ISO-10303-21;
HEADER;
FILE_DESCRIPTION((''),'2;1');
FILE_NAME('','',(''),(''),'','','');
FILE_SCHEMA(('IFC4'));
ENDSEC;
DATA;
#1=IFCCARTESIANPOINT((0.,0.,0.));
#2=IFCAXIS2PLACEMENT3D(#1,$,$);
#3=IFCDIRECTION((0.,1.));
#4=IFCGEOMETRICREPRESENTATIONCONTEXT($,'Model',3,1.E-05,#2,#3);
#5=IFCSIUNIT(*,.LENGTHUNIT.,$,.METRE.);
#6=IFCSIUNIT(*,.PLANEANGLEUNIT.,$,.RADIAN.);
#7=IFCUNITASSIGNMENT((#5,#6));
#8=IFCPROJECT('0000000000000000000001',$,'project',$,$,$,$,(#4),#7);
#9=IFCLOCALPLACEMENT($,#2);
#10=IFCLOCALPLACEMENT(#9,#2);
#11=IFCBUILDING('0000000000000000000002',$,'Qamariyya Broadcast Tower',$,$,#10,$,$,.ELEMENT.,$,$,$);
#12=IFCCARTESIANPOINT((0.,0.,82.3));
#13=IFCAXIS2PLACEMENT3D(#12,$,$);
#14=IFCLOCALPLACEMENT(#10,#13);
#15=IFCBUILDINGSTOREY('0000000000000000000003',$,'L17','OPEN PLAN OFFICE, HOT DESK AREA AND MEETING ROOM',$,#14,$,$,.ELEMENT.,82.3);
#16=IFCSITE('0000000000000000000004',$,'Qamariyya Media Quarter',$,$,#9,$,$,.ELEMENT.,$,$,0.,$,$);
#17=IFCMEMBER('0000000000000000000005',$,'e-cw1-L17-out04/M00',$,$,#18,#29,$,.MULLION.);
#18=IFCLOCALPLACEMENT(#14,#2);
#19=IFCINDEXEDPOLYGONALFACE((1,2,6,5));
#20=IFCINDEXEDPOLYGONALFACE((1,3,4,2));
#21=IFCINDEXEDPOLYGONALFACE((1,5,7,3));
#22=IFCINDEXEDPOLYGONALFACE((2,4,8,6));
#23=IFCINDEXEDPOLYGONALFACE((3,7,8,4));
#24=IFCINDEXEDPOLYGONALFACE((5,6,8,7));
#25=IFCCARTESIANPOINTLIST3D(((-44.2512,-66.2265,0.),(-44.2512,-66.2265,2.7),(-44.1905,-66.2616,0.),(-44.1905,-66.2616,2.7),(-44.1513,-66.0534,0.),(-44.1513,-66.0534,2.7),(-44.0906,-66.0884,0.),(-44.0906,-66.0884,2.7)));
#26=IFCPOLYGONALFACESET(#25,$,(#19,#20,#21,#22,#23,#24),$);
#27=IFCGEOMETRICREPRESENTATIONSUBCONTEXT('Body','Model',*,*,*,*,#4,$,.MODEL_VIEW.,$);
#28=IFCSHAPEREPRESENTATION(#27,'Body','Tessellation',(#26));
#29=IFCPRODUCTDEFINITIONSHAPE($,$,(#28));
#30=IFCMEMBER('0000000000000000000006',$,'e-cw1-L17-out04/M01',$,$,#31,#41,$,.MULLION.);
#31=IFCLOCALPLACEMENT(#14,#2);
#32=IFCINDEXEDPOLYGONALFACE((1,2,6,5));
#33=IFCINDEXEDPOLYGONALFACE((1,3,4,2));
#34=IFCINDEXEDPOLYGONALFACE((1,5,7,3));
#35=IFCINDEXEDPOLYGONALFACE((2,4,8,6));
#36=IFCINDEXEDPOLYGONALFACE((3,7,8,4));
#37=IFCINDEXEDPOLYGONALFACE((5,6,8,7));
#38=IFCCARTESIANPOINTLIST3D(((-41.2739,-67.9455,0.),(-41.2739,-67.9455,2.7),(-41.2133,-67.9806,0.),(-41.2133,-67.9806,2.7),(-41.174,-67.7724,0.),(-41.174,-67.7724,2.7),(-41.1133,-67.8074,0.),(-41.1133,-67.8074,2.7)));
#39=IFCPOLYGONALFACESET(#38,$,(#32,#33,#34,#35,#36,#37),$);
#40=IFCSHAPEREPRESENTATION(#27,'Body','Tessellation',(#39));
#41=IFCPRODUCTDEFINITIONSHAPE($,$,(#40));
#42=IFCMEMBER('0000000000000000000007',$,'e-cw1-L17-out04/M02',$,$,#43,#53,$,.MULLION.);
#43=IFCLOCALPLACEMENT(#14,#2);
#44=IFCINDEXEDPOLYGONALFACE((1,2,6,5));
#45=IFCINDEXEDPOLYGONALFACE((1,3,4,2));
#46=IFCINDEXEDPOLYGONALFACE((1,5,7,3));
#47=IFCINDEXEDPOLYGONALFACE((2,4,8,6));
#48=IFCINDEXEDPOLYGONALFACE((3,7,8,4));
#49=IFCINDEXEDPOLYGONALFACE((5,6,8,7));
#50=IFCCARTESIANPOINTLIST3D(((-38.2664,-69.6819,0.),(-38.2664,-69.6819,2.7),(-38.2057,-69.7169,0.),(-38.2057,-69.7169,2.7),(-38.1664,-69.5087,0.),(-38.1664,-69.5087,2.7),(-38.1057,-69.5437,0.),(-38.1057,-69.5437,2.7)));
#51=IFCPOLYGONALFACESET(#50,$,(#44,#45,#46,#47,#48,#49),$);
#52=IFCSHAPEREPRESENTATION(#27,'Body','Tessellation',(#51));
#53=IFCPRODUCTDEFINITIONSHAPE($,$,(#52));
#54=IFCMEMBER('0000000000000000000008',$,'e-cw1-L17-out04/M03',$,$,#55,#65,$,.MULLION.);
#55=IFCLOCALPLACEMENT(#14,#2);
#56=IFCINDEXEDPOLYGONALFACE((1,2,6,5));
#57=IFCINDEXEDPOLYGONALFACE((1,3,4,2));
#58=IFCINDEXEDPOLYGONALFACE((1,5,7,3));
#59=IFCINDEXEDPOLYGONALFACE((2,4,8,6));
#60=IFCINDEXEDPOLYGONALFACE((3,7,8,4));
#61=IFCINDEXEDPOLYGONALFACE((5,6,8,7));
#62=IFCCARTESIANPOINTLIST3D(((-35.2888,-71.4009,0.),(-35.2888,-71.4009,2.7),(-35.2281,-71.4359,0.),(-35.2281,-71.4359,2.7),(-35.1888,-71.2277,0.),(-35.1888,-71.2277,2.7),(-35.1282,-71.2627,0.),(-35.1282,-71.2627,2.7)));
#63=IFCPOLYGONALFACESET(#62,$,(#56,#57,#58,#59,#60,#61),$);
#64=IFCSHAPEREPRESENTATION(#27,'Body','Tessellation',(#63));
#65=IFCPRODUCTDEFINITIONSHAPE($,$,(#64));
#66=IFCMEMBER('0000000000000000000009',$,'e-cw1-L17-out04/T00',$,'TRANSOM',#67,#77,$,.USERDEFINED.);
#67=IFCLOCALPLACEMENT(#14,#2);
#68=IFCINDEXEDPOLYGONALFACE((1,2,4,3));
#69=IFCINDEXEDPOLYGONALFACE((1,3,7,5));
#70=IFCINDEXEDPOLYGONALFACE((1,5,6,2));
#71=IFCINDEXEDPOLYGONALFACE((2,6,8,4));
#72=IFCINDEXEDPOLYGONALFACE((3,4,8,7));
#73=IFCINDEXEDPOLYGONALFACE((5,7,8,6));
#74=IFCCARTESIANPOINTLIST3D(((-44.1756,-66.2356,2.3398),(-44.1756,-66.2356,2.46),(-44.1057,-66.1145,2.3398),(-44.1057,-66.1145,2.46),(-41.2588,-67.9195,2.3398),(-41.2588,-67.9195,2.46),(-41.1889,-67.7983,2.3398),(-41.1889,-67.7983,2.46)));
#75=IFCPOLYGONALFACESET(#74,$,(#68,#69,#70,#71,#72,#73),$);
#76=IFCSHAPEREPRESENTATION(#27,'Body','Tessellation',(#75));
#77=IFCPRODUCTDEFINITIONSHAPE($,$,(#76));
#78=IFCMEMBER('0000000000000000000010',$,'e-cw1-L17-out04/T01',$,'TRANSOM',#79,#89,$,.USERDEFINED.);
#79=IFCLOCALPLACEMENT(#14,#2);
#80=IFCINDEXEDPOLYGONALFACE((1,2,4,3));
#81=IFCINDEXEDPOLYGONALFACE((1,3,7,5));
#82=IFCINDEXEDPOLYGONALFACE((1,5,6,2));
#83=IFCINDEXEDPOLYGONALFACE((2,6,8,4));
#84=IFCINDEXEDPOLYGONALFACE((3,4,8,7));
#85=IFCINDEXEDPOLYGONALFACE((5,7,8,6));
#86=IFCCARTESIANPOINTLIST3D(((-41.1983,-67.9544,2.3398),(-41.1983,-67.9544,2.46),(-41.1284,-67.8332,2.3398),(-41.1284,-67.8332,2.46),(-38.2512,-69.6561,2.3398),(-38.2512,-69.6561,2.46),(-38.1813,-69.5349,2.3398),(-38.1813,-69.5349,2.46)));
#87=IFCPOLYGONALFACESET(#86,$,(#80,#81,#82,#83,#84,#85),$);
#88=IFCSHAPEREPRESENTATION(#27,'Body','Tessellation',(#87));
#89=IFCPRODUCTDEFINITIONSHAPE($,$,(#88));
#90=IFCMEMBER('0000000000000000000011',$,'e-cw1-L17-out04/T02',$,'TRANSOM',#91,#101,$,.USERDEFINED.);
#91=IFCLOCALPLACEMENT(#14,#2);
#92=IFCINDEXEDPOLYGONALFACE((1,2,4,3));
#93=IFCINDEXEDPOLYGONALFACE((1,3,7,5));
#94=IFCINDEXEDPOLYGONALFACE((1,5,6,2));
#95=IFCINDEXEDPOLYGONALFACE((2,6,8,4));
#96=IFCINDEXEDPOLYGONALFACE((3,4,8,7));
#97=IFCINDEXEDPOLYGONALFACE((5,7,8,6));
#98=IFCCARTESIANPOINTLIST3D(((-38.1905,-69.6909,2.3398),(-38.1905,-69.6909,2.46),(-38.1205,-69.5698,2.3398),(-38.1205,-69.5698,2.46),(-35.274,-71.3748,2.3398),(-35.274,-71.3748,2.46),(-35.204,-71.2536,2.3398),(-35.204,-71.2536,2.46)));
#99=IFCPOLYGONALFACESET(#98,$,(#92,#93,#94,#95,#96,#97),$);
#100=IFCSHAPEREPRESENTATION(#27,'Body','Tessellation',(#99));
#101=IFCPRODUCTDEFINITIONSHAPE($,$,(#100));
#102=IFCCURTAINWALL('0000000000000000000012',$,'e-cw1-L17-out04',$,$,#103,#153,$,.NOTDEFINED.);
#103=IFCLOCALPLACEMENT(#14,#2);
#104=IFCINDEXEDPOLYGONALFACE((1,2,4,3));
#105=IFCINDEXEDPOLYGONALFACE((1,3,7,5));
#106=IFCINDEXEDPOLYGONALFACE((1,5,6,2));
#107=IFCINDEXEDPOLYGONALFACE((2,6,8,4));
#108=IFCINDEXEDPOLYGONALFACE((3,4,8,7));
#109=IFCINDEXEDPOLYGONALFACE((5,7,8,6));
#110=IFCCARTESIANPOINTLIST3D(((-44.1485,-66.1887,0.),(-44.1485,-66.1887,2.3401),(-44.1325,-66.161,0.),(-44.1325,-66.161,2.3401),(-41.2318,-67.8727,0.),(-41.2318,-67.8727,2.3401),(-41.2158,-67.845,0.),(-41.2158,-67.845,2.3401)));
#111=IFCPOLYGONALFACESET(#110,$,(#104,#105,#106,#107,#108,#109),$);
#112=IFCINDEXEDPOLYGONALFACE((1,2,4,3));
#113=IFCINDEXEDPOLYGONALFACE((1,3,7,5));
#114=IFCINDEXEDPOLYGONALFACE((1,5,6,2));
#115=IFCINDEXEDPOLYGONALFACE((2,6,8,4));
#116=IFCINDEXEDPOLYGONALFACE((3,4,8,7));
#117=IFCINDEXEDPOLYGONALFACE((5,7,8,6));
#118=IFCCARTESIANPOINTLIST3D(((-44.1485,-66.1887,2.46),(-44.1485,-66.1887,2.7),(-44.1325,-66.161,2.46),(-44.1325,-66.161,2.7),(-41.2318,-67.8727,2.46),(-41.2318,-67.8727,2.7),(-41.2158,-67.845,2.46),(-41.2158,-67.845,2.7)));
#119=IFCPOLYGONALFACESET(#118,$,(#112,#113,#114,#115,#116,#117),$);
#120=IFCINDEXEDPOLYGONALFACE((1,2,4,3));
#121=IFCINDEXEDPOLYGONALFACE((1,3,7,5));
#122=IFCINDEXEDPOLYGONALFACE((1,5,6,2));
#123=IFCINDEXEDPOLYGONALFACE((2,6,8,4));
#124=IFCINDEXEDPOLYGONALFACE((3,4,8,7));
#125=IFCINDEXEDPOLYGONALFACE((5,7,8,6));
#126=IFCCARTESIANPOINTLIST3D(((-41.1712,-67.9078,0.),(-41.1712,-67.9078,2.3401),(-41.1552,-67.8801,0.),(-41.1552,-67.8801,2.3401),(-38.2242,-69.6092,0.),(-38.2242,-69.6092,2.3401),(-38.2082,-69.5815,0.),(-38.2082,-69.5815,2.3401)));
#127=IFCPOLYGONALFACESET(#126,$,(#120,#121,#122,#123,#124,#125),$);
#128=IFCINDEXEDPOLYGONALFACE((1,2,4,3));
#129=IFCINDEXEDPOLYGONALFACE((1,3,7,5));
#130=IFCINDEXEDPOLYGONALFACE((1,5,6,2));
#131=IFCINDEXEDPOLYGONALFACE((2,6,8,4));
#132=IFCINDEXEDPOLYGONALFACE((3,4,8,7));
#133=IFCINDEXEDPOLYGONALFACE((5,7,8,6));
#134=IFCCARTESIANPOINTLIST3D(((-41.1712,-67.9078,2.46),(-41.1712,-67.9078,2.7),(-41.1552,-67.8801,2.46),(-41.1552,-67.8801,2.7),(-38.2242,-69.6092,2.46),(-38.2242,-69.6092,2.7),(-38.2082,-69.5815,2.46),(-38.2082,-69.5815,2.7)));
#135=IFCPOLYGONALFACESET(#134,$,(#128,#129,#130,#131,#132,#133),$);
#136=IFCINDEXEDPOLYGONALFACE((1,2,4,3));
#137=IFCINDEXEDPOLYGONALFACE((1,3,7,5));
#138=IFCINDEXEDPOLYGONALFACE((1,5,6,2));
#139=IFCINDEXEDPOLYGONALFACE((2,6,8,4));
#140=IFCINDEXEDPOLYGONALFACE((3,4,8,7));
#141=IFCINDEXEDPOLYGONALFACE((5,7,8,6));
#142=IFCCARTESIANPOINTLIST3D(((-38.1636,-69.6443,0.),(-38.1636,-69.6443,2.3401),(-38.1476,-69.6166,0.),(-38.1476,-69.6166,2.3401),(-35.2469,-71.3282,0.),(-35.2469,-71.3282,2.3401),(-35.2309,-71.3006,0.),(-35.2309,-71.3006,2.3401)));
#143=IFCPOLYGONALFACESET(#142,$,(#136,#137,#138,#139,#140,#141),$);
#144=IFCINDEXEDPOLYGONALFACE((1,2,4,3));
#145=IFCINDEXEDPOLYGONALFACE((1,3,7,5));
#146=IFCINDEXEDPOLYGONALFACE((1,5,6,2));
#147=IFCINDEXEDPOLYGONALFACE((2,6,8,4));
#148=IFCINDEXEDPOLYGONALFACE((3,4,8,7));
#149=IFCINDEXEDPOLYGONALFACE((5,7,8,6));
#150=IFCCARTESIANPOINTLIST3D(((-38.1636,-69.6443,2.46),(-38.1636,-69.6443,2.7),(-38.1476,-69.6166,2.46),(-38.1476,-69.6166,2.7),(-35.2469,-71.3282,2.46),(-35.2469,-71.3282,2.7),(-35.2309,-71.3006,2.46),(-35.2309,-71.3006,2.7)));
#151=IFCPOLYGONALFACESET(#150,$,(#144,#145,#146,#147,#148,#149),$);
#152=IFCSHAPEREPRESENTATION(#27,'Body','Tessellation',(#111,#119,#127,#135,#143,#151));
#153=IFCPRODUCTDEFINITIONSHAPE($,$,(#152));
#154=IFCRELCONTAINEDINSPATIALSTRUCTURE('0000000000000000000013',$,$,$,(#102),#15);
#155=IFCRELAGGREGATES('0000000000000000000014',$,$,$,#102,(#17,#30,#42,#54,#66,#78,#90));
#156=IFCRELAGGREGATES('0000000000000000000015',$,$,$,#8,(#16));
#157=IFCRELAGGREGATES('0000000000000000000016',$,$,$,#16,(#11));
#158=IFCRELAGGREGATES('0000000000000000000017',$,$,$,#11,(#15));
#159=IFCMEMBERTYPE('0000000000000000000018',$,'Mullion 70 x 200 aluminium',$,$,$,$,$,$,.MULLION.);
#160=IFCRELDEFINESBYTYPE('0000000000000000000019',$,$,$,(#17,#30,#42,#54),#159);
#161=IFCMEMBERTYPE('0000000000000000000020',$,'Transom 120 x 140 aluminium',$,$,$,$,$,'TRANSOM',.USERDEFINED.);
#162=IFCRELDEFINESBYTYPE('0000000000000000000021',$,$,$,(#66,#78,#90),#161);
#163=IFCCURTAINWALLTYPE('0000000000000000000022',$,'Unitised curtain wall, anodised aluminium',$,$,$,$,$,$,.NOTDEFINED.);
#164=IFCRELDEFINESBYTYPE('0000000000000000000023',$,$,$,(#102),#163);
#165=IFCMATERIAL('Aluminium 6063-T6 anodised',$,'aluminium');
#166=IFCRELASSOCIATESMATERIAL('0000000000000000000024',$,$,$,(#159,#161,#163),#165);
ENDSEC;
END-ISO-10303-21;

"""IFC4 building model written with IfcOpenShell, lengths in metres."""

from ifc_helpers import new_model, si_unit, direction, frame, origin, origin_2d, place, context, subcontext, project, spatial, rectangle, extrude, material, material_profile, profile_set, type_object, element, aggregate, save


model = new_model("IFC4")

# Units and contexts
model_context = context("Model", 3, precision=1e-05, world=origin(), true_north=direction((0.0, 1.0)))
body_context = subcontext(model_context, "Body", "Model", "MODEL_VIEW")
ifc_project = project(units=[si_unit("LENGTHUNIT", "METRE"), si_unit("PLANEANGLEUNIT", "RADIAN")], contexts=[model_context])

# Members
ifc_material_1 = material(Name="Aluminium 6063-T6 anodised", Category="aluminium")
ifc_material_profile_1 = material_profile(ifc_material_1, rectangle(XDim=0.2, YDim=0.0701, at=origin_2d()))
ifc_profile_set_1 = profile_set([ifc_material_profile_1], Name="Aluminium 6063-T6 anodised")
member_type_1 = type_object("IfcMemberType", Name="Mullion 70 x 200 aluminium", PredefinedType="MULLION", material=ifc_profile_set_1)
site_placement = place(None, origin())
building_placement = place(site_placement, origin())
storey_placement = place(building_placement, frame((0.0, 0.0, 82.3)))
member_1_placement = place(storey_placement, frame((-44.1709, -66.1575, 0.0), z_axis=(0.0, 0.0, 1.0), x_axis=(0.5, 0.866025, 0.0)))
member_1 = element("IfcMember", 1, at=member_1_placement, type_object=member_type_1, Name="e-cw1-L17-out04/M00", PredefinedType="MULLION", context=body_context, shape_type="SweptSolid", body=[
    extrude(rectangle(XDim=0.2, YDim=0.0701, at=origin_2d()), origin(), (0.0, 0.0, 1.0), 2.7),
])
member_2_placement = place(storey_placement, frame((-41.1936, -67.8765, 0.0), z_axis=(0.0, 0.0, 1.0), x_axis=(0.5, 0.866025, 0.0)))
member_2 = element("IfcMember", 2, at=member_2_placement, type_object=member_type_1, Name="e-cw1-L17-out04/M01", PredefinedType="MULLION", context=body_context, shape_type="SweptSolid", body=[
    extrude(rectangle(XDim=0.2, YDim=0.0701, at=origin_2d()), origin(), (0.0, 0.0, 1.0), 2.7),
])
member_3_placement = place(storey_placement, frame((-38.186, -69.6128, 0.0), z_axis=(0.0, 0.0, 1.0), x_axis=(0.5, 0.866025, 0.0)))
member_3 = element("IfcMember", 3, at=member_3_placement, type_object=member_type_1, Name="e-cw1-L17-out04/M02", PredefinedType="MULLION", context=body_context, shape_type="SweptSolid", body=[
    extrude(rectangle(XDim=0.2, YDim=0.0701, at=origin_2d()), origin(), (0.0, 0.0, 1.0), 2.7),
])
member_4_placement = place(storey_placement, frame((-35.2085, -71.3318, 0.0), z_axis=(0.0, 0.0, 1.0), x_axis=(0.5, 0.866025, 0.0)))
member_4 = element("IfcMember", 4, at=member_4_placement, type_object=member_type_1, Name="e-cw1-L17-out04/M03", PredefinedType="MULLION", context=body_context, shape_type="SweptSolid", body=[
    extrude(rectangle(XDim=0.2, YDim=0.0701, at=origin_2d()), origin(), (0.0, 0.0, 1.0), 2.7),
])
ifc_material_profile_2 = material_profile(ifc_material_1, rectangle(XDim=0.1399, YDim=0.1201, at=origin_2d()))
ifc_profile_set_2 = profile_set([ifc_material_profile_2], Name="Aluminium 6063-T6 anodised")
member_type_2 = type_object("IfcMemberType", Name="Transom 120 x 140 aluminium", ElementType="TRANSOM", PredefinedType="USERDEFINED", material=ifc_profile_set_2)
member_5_placement = place(storey_placement, frame((-44.1406, -66.175, 2.3999), z_axis=(0.866044, -0.499967, 0.0), x_axis=(0.499967, 0.866044, 0.0)))
member_5 = element("IfcMember", 5, at=member_5_placement, type_object=member_type_2, Name="e-cw1-L17-out04/T00", ObjectType="TRANSOM", PredefinedType="USERDEFINED", context=body_context, shape_type="SweptSolid", body=[
    extrude(rectangle(XDim=0.1399, YDim=0.1201, at=origin_2d()), origin(), (0.0, 0.0, 1.0), 3.3679),
])
member_6_placement = place(storey_placement, frame((-41.1633, -67.8938, 2.3999), z_axis=(0.866, -0.500043, 0.0), x_axis=(0.500043, 0.866, 0.0)))
member_6 = element("IfcMember", 6, at=member_6_placement, type_object=member_type_2, Name="e-cw1-L17-out04/T01", ObjectType="TRANSOM", PredefinedType="USERDEFINED", context=body_context, shape_type="SweptSolid", body=[
    extrude(rectangle(XDim=0.1399, YDim=0.1201, at=origin_2d()), origin(), (0.0, 0.0, 1.0), 3.4031),
])
member_7_placement = place(storey_placement, frame((-38.1555, -69.6304, 2.3999), z_axis=(0.866026, -0.499999, 0.0), x_axis=(0.499999, 0.866026, 0.0)))
member_7 = element("IfcMember", 7, at=member_7_placement, type_object=member_type_2, Name="e-cw1-L17-out04/T02", ObjectType="TRANSOM", PredefinedType="USERDEFINED", context=body_context, shape_type="SweptSolid", body=[
    extrude(rectangle(XDim=0.1399, YDim=0.1201, at=origin_2d()), origin(), (0.0, 0.0, 1.0), 3.3677),
])

# Site, building, storey
site = spatial("IfcSite", under=ifc_project, at=site_placement, Name="Qamariyya Media Quarter", CompositionType="ELEMENT", RefElevation=0.0)
building = spatial("IfcBuilding", under=site, at=building_placement, Name="Qamariyya Broadcast Tower", CompositionType="ELEMENT")
storey = spatial("IfcBuildingStorey", under=building, at=storey_placement, Name="L17", Description="OPEN PLAN OFFICE, HOT DESK AREA AND MEETING ROOM", CompositionType="ELEMENT", Elevation=82.3)

# Curtain wall
curtain_wall_type = type_object("IfcCurtainWallType", Name="Unitised curtain wall, anodised aluminium", PredefinedType="NOTDEFINED", material=ifc_material_1)
curtain_wall_1_placement = place(storey_placement, origin())
curtain_wall_1 = element("IfcCurtainWall", 8, at=curtain_wall_1_placement, inside=storey, type_object=curtain_wall_type, Name="e-cw1-L17-out04", PredefinedType="NOTDEFINED", context=body_context, shape_type="SweptSolid", body=[
    extrude(rectangle(XDim=3.3679, YDim=0.032, at=origin_2d()), frame((-42.6821, -67.0168, 0.0), x_axis=(0.866022, -0.500005, 0.0)), (0.0, 0.0, 1.0), 2.3401),
    extrude(rectangle(XDim=3.3679, YDim=0.032, at=origin_2d()), frame((-42.6821, -67.0168, 2.46), x_axis=(0.866022, -0.500005, 0.0)), (0.0, 0.0, 1.0), 0.24),
    extrude(rectangle(XDim=3.4028, YDim=0.032, at=origin_2d()), frame((-39.6897, -68.7446, 0.0), x_axis=(0.866022, -0.500005, 0.0)), (0.0, 0.0, 1.0), 2.3401),
    extrude(rectangle(XDim=3.4028, YDim=0.032, at=origin_2d()), frame((-39.6897, -68.7446, 2.46), x_axis=(0.866022, -0.500005, 0.0)), (0.0, 0.0, 1.0), 0.24),
    extrude(rectangle(XDim=3.3679, YDim=0.032, at=origin_2d()), frame((-36.6973, -70.4724, 0.0), x_axis=(0.866022, -0.500005, 0.0)), (0.0, 0.0, 1.0), 2.3401),
    extrude(rectangle(XDim=3.3679, YDim=0.032, at=origin_2d()), frame((-36.6973, -70.4724, 2.46), x_axis=(0.866022, -0.500005, 0.0)), (0.0, 0.0, 1.0), 0.24),
])
aggregate(curtain_wall_1, [member_1, member_2, member_3, member_4, member_5, member_6, member_7])

save(model, "model.ifc")
